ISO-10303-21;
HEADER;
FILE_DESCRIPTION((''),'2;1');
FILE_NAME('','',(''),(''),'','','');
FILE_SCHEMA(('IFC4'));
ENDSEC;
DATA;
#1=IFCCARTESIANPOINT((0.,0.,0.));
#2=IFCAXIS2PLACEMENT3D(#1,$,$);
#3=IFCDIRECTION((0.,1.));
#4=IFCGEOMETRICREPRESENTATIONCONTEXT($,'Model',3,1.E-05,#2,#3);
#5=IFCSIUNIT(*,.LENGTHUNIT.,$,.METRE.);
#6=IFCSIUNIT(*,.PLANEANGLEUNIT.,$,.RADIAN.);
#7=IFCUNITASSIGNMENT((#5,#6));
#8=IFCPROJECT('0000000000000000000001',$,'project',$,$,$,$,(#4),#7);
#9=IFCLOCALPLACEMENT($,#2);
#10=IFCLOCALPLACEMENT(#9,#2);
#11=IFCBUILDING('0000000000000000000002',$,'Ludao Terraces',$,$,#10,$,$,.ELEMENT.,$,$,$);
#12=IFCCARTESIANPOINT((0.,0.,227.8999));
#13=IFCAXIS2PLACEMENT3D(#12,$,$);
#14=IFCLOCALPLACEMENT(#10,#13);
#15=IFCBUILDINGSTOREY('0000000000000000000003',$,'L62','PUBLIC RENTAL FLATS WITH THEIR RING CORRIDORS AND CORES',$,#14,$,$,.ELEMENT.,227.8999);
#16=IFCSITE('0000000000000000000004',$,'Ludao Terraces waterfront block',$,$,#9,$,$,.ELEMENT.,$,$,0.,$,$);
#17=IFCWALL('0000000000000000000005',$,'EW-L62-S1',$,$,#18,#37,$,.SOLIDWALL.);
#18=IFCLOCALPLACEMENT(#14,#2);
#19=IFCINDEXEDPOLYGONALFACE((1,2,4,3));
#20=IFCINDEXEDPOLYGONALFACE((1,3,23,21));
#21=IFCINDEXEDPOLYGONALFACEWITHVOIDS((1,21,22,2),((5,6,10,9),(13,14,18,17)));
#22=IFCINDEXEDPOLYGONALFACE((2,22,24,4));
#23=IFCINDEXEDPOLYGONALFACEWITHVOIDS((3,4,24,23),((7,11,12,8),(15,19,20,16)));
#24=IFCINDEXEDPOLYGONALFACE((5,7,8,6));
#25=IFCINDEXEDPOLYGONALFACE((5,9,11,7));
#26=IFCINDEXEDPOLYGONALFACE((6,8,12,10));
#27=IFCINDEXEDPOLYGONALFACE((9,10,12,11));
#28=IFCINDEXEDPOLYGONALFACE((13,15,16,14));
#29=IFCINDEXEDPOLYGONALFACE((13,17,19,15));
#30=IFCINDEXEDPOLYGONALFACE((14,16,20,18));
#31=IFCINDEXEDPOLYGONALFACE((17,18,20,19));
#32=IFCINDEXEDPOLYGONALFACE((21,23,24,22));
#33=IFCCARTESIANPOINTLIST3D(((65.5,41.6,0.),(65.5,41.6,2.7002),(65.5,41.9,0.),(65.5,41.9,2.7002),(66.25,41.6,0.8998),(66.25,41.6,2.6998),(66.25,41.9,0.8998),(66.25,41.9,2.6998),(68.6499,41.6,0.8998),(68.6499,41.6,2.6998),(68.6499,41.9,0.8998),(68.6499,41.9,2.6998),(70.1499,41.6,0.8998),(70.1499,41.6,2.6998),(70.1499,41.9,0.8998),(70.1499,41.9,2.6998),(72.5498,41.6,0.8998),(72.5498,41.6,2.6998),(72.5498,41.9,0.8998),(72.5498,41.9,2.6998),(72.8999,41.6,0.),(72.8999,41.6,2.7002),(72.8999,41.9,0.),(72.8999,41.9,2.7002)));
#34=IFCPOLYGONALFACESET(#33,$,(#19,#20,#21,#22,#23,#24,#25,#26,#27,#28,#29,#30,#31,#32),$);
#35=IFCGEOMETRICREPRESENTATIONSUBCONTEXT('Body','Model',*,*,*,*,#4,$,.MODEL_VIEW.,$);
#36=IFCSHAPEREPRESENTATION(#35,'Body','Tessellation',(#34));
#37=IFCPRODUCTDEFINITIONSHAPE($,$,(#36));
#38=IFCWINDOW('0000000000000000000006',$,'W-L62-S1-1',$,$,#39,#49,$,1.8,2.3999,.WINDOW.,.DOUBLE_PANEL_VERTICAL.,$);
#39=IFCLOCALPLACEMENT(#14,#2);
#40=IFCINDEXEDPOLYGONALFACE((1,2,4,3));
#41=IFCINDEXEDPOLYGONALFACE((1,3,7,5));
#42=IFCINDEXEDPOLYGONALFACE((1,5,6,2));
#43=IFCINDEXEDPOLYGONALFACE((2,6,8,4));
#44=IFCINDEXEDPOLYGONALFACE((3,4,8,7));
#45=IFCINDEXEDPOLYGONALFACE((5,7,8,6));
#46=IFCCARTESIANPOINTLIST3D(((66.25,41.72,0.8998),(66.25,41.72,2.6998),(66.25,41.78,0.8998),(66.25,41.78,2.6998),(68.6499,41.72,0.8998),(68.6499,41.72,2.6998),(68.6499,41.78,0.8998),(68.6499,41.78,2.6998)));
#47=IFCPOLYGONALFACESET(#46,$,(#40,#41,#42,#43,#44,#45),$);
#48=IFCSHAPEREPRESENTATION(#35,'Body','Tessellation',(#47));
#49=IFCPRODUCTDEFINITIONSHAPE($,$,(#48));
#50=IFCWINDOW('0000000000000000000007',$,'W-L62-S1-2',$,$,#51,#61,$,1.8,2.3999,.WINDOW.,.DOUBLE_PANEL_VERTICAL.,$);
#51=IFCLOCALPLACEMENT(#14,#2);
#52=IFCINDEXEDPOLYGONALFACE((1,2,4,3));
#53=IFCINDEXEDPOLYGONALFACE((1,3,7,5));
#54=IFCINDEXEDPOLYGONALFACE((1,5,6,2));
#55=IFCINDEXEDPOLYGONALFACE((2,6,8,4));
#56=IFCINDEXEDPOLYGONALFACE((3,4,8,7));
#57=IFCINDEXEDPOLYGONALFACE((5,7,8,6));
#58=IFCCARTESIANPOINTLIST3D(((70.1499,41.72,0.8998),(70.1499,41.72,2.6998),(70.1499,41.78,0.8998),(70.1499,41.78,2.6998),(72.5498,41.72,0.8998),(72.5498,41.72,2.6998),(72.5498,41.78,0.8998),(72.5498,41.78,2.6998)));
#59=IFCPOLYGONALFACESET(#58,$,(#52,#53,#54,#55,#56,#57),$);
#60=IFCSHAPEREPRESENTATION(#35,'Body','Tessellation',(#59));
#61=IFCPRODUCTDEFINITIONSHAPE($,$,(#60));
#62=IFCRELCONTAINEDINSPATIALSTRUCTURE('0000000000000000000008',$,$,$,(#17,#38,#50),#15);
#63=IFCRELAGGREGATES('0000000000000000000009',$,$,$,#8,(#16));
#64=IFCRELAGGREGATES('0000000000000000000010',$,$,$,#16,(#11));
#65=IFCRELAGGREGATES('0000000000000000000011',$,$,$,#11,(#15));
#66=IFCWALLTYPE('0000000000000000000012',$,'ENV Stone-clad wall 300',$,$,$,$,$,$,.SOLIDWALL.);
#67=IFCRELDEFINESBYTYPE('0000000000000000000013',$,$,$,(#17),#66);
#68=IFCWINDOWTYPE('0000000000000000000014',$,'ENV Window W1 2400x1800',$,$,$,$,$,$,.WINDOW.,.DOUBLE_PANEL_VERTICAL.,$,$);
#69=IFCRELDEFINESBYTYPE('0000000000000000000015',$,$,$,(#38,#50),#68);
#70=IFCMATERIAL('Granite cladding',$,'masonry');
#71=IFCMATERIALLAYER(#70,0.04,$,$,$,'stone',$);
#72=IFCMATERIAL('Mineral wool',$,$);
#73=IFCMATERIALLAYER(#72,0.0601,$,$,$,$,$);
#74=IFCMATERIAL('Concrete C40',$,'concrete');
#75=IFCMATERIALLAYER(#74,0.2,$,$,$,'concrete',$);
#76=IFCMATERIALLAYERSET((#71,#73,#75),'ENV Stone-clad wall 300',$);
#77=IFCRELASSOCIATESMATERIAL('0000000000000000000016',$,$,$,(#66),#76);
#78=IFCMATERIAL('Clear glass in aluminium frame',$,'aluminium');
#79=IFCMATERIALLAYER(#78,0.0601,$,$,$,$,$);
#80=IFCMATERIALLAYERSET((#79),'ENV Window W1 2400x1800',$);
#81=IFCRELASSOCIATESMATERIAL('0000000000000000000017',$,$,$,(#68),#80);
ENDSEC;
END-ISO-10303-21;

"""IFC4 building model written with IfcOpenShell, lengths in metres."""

from ifc_helpers import new_model, si_unit, direction, frame, frame_2d, origin, place, context, subcontext, project, spatial, rectangle, extrude, material, layer, layer_set, type_object, element, fill, save


model = new_model("IFC4")

# Units and contexts
model_context = context("Model", 3, precision=1e-05, world=origin(), true_north=direction((0.0, 1.0)))
body_context = subcontext(model_context, "Body", "Model", "MODEL_VIEW")
ifc_project = project(units=[si_unit("LENGTHUNIT", "METRE"), si_unit("PLANEANGLEUNIT", "RADIAN")], contexts=[model_context])

# Site, building, storey
site_placement = place(None, origin())
site = spatial("IfcSite", under=ifc_project, at=site_placement, Name="Ludao Terraces waterfront block", CompositionType="ELEMENT", RefElevation=0.0)
building_placement = place(site_placement, origin())
building = spatial("IfcBuilding", under=site, at=building_placement, Name="Ludao Terraces", CompositionType="ELEMENT")
storey_placement = place(building_placement, frame((0.0, 0.0, 227.8999)))
storey = spatial("IfcBuildingStorey", under=building, at=storey_placement, Name="L62", Description="PUBLIC RENTAL FLATS WITH THEIR RING CORRIDORS AND CORES", CompositionType="ELEMENT", Elevation=227.8999)

# Wall, openings, windows
ifc_material_1 = material(Name="Granite cladding", Category="masonry")
ifc_layer_1 = layer(ifc_material_1, 0.04, Category="stone")
ifc_material_2 = material(Name="Mineral wool")
ifc_layer_2 = layer(ifc_material_2, 0.0601)
ifc_material_3 = material(Name="Concrete C40", Category="concrete")
ifc_layer_3 = layer(ifc_material_3, 0.2, Category="concrete")
ifc_layer_set_1 = layer_set([ifc_layer_1, ifc_layer_2, ifc_layer_3], Name="ENV Stone-clad wall 300")
wall_type = type_object("IfcWallType", Name="ENV Stone-clad wall 300", PredefinedType="SOLIDWALL", material=ifc_layer_set_1)
wall_placement = place(storey_placement, frame((65.5, 41.75, 0.0), z_axis=(0.0, 0.0, 1.0), x_axis=(1.0, 0.0, 0.0)))
wall = element("IfcWall", 1, at=wall_placement, inside=storey, type_object=wall_type, Name="EW-L62-S1", PredefinedType="SOLIDWALL", context=body_context, shape_type="SweptSolid", body=[
    extrude(rectangle(XDim=7.3999, YDim=0.3, at=frame_2d((3.7, 0.0))), origin(), (0.0, 0.0, 1.0), 2.7002),
])
opening_1_placement = place(wall_placement, frame((0.75, 0.0, 0.8999)))
opening_1 = element("IfcOpeningElement", 2, at=opening_1_placement, cuts=wall, PredefinedType="OPENING", context=body_context, shape_type="SweptSolid", body=[
    extrude(rectangle(XDim=2.3999, YDim=1.8, at=frame_2d((1.2, 0.8999))), frame((0.0, 0.1602, 0.0), z_axis=(0.0, -1.0, 0.0), x_axis=(1.0, 0.0, 0.0)), (0.0, 0.0, 1.0), 0.3201),
])
opening_2_placement = place(wall_placement, frame((4.6499, 0.0, 0.8999)))
opening_2 = element("IfcOpeningElement", 3, at=opening_2_placement, cuts=wall, PredefinedType="OPENING", context=body_context, shape_type="SweptSolid", body=[
    extrude(rectangle(XDim=2.3999, YDim=1.8, at=frame_2d((1.2, 0.8999))), frame((0.0, 0.1602, 0.0), z_axis=(0.0, -1.0, 0.0), x_axis=(1.0, 0.0, 0.0)), (0.0, 0.0, 1.0), 0.3201),
])
ifc_material_4 = material(Name="Clear glass in aluminium frame", Category="aluminium")
ifc_layer_4 = layer(ifc_material_4, 0.0601)
ifc_layer_set_2 = layer_set([ifc_layer_4], Name="ENV Window W1 2400x1800")
window_type = type_object("IfcWindowType", Name="ENV Window W1 2400x1800", PartitioningType="DOUBLE_PANEL_VERTICAL", PredefinedType="WINDOW", material=ifc_layer_set_2)
window_1_placement = place(opening_1_placement, origin())
window_1 = element("IfcWindow", 4, at=window_1_placement, inside=storey, type_object=window_type, Name="W-L62-S1-1", OverallHeight=1.8, OverallWidth=2.3999, PartitioningType="DOUBLE_PANEL_VERTICAL", PredefinedType="WINDOW", context=body_context, shape_type="SweptSolid", body=[
    extrude(rectangle(XDim=2.3999, YDim=1.8, at=frame_2d((1.2, 0.8999))), frame((0.0, 0.03, 0.0), z_axis=(0.0, -1.0, 0.0), x_axis=(1.0, 0.0, 0.0)), (0.0, 0.0, 1.0), 0.0601),
])
fill(opening_1, window_1)
window_2_placement = place(opening_2_placement, origin())
window_2 = element("IfcWindow", 5, at=window_2_placement, inside=storey, type_object=window_type, Name="W-L62-S1-2", OverallHeight=1.8, OverallWidth=2.3999, PartitioningType="DOUBLE_PANEL_VERTICAL", PredefinedType="WINDOW", context=body_context, shape_type="SweptSolid", body=[
    extrude(rectangle(XDim=2.3999, YDim=1.8, at=frame_2d((1.2, 0.8999))), frame((0.0, 0.03, 0.0), z_axis=(0.0, -1.0, 0.0), x_axis=(1.0, 0.0, 0.0)), (0.0, 0.0, 1.0), 0.0601),
])
fill(opening_2, window_2)

save(model, "model.ifc")
